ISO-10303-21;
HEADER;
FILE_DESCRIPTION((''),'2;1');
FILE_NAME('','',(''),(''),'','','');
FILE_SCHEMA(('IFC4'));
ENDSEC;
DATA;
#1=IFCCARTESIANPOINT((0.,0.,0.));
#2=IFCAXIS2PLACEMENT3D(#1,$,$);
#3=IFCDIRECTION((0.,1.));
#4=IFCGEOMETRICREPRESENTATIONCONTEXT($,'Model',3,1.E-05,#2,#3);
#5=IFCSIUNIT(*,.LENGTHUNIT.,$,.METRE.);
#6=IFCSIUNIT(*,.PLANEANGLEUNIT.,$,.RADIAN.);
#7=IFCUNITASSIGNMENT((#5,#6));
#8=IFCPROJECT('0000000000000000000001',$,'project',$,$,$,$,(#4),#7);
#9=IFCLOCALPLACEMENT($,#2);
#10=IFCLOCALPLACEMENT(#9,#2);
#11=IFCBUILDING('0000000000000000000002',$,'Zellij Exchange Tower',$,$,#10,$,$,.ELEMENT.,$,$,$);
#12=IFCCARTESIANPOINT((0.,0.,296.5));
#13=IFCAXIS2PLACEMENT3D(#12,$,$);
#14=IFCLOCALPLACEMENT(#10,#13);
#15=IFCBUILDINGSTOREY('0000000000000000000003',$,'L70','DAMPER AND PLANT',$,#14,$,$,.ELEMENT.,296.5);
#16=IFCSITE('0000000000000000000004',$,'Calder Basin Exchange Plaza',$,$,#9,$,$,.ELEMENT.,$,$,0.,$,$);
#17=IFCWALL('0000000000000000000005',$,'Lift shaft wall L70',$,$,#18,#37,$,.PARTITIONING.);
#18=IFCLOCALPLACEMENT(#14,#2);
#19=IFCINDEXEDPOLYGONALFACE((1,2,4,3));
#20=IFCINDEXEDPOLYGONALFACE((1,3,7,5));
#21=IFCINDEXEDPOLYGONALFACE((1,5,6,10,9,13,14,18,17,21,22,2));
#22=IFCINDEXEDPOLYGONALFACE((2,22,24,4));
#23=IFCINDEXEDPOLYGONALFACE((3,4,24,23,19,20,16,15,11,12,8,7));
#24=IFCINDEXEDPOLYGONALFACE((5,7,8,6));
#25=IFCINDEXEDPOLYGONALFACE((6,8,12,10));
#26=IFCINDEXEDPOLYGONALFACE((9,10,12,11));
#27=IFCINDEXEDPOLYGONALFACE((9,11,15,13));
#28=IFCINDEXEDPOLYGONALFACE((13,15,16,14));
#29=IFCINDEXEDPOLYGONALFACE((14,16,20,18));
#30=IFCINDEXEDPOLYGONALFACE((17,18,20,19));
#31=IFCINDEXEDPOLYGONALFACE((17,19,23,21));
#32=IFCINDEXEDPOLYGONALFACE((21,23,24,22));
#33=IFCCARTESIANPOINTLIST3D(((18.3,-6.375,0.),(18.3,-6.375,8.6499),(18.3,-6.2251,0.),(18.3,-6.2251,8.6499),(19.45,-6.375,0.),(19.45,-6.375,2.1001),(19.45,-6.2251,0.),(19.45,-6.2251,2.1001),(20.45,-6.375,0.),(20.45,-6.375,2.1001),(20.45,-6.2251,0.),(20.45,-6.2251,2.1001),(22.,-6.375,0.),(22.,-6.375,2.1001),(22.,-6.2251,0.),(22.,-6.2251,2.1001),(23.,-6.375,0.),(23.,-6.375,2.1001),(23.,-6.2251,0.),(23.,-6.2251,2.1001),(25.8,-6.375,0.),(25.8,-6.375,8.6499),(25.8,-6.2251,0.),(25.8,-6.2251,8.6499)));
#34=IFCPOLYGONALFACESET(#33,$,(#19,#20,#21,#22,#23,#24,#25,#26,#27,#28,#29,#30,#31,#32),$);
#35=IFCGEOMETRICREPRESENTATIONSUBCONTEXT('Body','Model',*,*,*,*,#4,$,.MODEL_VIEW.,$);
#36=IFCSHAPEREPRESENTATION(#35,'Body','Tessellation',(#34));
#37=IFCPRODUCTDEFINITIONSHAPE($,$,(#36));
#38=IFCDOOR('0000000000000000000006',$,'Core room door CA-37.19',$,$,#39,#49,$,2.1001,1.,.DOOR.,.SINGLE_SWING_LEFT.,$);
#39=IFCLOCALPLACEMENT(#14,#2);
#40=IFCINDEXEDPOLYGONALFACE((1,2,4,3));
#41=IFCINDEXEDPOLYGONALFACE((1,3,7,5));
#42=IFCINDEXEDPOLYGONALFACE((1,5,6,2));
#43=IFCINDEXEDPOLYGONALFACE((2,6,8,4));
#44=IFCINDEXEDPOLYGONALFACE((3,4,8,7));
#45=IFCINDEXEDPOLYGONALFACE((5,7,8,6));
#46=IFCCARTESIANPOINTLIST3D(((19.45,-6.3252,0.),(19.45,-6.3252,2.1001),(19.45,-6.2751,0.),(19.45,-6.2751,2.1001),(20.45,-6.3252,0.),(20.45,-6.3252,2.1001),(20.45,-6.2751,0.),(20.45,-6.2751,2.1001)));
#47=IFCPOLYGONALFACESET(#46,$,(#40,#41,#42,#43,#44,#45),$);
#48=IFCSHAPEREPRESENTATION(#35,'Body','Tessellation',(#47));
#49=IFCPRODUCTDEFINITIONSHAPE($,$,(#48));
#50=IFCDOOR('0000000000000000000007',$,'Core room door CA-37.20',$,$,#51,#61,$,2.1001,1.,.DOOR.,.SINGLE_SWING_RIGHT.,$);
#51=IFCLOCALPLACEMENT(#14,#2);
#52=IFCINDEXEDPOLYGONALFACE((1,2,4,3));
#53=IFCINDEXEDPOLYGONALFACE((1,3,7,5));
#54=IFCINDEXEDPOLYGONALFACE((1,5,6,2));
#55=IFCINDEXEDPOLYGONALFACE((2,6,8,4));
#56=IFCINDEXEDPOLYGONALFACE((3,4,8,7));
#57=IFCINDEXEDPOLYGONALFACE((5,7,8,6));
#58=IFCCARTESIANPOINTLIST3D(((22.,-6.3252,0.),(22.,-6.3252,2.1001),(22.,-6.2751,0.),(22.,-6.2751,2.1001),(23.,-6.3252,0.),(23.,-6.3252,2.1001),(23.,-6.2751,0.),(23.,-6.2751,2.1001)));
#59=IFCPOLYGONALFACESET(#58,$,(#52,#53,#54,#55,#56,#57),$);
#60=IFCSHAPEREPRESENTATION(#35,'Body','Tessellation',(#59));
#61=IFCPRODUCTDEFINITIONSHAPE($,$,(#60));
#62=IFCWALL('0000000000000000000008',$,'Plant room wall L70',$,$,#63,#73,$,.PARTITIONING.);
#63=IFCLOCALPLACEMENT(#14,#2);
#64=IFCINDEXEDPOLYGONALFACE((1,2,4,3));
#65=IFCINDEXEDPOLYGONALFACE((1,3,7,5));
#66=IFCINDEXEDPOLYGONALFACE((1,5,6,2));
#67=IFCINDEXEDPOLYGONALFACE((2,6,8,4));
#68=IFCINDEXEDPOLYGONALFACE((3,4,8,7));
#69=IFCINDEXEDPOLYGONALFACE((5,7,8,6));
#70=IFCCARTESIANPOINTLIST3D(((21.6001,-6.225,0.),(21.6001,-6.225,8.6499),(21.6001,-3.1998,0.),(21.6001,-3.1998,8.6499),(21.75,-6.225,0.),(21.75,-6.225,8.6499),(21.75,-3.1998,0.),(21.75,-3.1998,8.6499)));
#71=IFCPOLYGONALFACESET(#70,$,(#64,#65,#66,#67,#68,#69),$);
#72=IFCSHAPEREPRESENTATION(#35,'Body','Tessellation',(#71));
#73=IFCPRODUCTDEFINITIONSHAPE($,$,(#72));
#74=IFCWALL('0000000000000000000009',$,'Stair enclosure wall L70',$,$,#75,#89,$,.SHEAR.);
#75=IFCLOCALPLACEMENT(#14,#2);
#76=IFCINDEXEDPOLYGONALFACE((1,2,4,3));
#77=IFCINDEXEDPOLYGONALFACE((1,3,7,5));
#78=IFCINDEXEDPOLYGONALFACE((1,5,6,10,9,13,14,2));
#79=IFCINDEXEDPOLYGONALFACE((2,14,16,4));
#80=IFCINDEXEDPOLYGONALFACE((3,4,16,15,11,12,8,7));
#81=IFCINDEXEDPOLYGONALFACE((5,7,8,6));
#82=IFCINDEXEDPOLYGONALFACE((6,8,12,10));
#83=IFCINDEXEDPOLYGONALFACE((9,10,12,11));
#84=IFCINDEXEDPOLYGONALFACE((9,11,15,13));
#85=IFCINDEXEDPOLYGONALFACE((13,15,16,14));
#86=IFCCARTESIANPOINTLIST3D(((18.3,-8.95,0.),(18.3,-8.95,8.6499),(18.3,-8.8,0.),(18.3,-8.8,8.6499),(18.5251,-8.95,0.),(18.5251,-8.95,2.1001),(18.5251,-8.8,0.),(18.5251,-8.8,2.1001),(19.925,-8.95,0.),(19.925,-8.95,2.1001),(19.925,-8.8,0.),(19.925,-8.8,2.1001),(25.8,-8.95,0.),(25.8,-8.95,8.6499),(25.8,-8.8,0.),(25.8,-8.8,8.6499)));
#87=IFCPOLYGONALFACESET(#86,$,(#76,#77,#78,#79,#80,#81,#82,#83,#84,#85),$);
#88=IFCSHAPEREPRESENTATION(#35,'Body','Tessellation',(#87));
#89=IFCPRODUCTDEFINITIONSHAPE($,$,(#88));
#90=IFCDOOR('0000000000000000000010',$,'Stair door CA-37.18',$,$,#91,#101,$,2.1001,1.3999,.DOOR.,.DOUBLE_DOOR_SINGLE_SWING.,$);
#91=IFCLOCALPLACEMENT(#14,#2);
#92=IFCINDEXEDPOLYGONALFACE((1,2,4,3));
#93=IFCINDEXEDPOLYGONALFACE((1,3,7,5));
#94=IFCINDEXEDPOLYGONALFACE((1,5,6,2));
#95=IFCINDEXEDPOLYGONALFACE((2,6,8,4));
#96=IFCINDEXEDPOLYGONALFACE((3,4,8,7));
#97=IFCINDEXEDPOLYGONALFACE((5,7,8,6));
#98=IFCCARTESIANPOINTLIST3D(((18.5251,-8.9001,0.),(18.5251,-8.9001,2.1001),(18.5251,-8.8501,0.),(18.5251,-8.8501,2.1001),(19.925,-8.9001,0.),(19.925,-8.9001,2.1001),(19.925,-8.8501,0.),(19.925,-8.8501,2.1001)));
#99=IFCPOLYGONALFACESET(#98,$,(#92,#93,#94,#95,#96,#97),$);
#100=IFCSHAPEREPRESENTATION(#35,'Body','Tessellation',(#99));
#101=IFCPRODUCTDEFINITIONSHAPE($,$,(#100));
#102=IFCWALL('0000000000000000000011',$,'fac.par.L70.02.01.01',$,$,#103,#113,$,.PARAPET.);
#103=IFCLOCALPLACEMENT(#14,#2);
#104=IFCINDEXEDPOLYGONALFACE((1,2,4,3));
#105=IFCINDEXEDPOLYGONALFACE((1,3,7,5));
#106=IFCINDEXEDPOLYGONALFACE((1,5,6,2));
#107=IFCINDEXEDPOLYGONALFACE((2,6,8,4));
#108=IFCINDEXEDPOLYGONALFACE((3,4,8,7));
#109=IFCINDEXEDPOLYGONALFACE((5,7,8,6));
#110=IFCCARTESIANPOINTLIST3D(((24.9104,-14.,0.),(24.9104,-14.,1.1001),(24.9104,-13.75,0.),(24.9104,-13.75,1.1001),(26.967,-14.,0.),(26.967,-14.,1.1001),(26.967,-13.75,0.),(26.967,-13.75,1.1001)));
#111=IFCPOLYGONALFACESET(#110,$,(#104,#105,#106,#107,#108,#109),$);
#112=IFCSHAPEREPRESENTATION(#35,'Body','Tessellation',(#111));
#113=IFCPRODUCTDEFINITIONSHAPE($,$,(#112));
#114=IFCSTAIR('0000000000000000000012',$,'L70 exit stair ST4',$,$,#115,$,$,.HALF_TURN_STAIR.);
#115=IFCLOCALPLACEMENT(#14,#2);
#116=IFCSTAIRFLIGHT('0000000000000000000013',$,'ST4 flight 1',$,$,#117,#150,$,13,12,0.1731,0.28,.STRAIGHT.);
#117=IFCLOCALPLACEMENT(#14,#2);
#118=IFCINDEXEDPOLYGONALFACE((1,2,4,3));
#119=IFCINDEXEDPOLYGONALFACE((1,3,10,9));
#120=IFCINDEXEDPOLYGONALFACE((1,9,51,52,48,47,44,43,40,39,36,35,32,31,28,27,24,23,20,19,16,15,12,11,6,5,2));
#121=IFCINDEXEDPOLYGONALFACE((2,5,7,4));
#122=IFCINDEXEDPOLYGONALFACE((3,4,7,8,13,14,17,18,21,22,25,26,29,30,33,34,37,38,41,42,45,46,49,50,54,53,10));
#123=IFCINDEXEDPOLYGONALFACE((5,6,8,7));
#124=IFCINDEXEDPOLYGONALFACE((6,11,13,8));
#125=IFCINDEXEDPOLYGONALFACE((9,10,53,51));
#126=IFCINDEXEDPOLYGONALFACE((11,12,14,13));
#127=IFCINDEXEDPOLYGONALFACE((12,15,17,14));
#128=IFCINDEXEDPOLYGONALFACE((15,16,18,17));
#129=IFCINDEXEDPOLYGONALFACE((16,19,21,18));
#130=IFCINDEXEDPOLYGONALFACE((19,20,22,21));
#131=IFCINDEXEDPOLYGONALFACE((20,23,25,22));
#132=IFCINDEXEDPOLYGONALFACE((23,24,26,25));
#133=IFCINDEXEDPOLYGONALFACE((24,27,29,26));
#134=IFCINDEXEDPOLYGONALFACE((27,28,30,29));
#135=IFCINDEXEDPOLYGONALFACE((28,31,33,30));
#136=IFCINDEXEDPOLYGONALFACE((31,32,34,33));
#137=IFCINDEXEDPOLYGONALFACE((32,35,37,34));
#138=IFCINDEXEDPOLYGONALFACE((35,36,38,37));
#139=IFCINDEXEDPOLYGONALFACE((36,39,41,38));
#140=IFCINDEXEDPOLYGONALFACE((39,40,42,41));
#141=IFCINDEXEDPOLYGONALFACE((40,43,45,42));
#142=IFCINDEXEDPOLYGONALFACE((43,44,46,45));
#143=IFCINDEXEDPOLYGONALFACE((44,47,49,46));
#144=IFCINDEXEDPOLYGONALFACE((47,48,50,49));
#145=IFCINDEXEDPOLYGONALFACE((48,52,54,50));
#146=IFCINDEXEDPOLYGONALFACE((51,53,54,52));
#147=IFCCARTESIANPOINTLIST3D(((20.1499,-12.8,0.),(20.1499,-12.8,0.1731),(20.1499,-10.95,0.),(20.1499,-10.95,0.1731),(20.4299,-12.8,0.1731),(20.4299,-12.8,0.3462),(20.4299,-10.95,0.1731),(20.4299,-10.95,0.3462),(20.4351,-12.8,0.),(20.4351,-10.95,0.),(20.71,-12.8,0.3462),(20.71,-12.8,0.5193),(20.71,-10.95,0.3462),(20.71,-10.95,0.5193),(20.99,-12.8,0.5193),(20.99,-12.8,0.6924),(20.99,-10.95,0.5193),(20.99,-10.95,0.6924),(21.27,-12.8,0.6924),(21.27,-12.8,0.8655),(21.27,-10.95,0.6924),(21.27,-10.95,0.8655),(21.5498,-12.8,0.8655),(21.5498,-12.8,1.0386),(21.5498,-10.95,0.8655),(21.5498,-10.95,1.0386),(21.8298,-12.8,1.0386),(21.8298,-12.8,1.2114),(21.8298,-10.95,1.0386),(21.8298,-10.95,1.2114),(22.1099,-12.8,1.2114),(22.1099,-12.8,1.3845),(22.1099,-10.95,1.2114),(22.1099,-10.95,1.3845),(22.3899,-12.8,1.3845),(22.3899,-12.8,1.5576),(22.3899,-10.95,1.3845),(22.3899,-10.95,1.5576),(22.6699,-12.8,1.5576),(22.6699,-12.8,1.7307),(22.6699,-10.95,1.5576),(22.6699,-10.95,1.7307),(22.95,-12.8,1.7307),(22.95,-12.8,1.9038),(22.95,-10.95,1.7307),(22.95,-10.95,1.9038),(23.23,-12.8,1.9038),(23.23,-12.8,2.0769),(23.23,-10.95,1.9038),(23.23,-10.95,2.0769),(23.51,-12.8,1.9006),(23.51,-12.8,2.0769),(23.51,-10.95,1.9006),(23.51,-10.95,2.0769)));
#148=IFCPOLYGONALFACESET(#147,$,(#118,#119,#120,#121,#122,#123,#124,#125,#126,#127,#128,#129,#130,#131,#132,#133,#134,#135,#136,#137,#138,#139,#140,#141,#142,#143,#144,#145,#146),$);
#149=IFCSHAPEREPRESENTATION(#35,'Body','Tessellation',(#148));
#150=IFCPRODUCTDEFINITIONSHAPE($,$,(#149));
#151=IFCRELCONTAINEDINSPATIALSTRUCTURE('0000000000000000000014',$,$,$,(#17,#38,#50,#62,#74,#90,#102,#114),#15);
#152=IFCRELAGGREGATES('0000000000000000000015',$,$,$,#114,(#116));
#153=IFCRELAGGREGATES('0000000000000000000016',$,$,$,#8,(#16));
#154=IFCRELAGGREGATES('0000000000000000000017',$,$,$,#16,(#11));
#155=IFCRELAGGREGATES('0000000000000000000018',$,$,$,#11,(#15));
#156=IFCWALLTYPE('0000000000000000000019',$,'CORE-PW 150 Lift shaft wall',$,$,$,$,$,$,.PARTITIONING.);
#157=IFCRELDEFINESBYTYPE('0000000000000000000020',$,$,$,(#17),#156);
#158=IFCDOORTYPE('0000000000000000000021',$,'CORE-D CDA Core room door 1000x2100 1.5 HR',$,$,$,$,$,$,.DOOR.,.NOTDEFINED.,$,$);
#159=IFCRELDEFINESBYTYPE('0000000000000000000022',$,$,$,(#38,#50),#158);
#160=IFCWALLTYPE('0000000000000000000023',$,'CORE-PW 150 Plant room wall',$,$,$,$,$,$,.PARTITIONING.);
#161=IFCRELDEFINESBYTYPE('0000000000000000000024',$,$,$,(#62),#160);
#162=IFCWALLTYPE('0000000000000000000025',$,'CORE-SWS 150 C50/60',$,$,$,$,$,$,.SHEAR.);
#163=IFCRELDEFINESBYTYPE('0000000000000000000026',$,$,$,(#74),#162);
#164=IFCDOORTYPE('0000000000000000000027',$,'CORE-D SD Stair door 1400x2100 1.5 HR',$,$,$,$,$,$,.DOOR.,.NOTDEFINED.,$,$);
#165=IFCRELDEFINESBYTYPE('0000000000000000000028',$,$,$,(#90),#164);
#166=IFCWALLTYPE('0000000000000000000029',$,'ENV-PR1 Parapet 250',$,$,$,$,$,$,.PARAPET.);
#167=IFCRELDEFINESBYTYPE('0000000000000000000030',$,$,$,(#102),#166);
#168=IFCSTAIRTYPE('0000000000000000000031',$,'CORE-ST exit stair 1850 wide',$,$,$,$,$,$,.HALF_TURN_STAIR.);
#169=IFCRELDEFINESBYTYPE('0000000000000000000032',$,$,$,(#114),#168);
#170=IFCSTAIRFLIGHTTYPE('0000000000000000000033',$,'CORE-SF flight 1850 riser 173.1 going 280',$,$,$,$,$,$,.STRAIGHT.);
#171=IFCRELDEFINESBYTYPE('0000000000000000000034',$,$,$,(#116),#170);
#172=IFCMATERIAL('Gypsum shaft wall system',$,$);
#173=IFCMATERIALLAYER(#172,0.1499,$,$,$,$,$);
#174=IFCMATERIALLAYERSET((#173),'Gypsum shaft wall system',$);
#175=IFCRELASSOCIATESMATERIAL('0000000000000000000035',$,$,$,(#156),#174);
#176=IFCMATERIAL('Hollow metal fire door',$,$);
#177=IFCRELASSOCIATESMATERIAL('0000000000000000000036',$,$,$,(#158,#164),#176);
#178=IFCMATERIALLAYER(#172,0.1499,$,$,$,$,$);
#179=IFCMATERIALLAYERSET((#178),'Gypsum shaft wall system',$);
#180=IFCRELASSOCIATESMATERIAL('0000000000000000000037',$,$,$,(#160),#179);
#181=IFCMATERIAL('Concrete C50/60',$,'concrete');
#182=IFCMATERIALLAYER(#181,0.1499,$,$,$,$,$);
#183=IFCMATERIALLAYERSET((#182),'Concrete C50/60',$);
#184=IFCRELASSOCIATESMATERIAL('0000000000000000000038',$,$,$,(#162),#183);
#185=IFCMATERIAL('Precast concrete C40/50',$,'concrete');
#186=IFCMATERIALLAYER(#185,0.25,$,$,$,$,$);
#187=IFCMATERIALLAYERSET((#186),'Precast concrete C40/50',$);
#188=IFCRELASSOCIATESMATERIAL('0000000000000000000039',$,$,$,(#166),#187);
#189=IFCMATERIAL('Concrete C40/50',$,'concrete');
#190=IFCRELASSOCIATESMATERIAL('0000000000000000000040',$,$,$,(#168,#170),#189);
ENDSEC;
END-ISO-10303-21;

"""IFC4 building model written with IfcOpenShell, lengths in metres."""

from ifc_helpers import new_model, si_unit, direction, frame, frame_2d, origin, place, context, subcontext, project, spatial, polyline, rectangle, outline, extrude, material, layer, layer_set, type_object, element, fill, aggregate, save


model = new_model("IFC4")

# Units and contexts
model_context = context("Model", 3, precision=1e-05, world=origin(), true_north=direction((0.0, 1.0)))
body_context = subcontext(model_context, "Body", "Model", "MODEL_VIEW")
ifc_project = project(units=[si_unit("LENGTHUNIT", "METRE"), si_unit("PLANEANGLEUNIT", "RADIAN")], contexts=[model_context])

# Site, building, storey
site_placement = place(None, origin())
site = spatial("IfcSite", under=ifc_project, at=site_placement, Name="Calder Basin Exchange Plaza", CompositionType="ELEMENT", RefElevation=0.0)
building_placement = place(site_placement, origin())
building = spatial("IfcBuilding", under=site, at=building_placement, Name="Zellij Exchange Tower", CompositionType="ELEMENT")
storey_placement = place(building_placement, frame((0.0, 0.0, 296.5)))
storey = spatial("IfcBuildingStorey", under=building, at=storey_placement, Name="L70", Description="DAMPER AND PLANT", CompositionType="ELEMENT", Elevation=296.5)

# Shared definitions
ifc_material_1 = material(Name="Concrete C50/60", Category="concrete")
ifc_material_2 = material(Name="Gypsum shaft wall system")
ifc_layer_1 = layer(ifc_material_2, 0.1499)
ifc_layer_set_1 = layer_set([ifc_layer_1], Name="Gypsum shaft wall system")
wall_type_1 = type_object("IfcWallType", Name="CORE-PW 150 Lift shaft wall", PredefinedType="PARTITIONING", material=ifc_layer_set_1)

# Wall, openings, doors
wall_1_placement = place(storey_placement, frame((18.3, -6.3, 0.0), z_axis=(0.0, 0.0, 1.0), x_axis=(1.0, 0.0, 0.0)))
wall_1 = element("IfcWall", 1, at=wall_1_placement, inside=storey, type_object=wall_type_1, Name="Lift shaft wall L70", PredefinedType="PARTITIONING", context=body_context, shape_type="SweptSolid", body=[
    extrude(rectangle(XDim=7.5, YDim=0.1499, at=frame_2d((3.75, 0.0))), origin(), (0.0, 0.0, 1.0), 8.6499),
])
opening_1_placement = place(wall_1_placement, frame((1.1499, 0.0, 0.0)))
opening_1 = element("IfcOpeningElement", 2, at=opening_1_placement, cuts=wall_1, PredefinedType="OPENING", context=body_context, shape_type="SweptSolid", body=[
    extrude(rectangle(XDim=1.0, YDim=2.1001, at=frame_2d((0.5, 1.05))), frame((0.0, 0.0869, 0.0), z_axis=(0.0, -1.0, 0.0), x_axis=(1.0, 0.0, 0.0)), (0.0, 0.0, 1.0), 0.1738),
])
opening_2_placement = place(wall_1_placement, frame((3.7, 0.0, 0.0)))
opening_2 = element("IfcOpeningElement", 3, at=opening_2_placement, cuts=wall_1, PredefinedType="OPENING", context=body_context, shape_type="SweptSolid", body=[
    extrude(rectangle(XDim=1.0, YDim=2.1001, at=frame_2d((0.5, 1.05))), frame((0.0, 0.0869, 0.0), z_axis=(0.0, -1.0, 0.0), x_axis=(1.0, 0.0, 0.0)), (0.0, 0.0, 1.0), 0.1738),
])
ifc_material_3 = material(Name="Hollow metal fire door")
door_type_1 = type_object("IfcDoorType", Name="CORE-D CDA Core room door 1000x2100 1.5 HR", OperationType="NOTDEFINED", PredefinedType="DOOR", material=ifc_material_3)
door_1_placement = place(opening_1_placement, origin())
door_1 = element("IfcDoor", 4, at=door_1_placement, inside=storey, type_object=door_type_1, Name="Core room door CA-37.19", OperationType="SINGLE_SWING_LEFT", OverallHeight=2.1001, OverallWidth=1.0, PredefinedType="DOOR", context=body_context, shape_type="SweptSolid", body=[
    extrude(rectangle(XDim=1.0, YDim=2.1001, at=frame_2d((0.5, 1.05))), frame((0.0, 0.0249, 0.0), z_axis=(0.0, -1.0, 0.0), x_axis=(1.0, 0.0, 0.0)), (0.0, 0.0, 1.0), 0.05),
])
fill(opening_1, door_1)
door_2_placement = place(opening_2_placement, origin())
door_2 = element("IfcDoor", 5, at=door_2_placement, inside=storey, type_object=door_type_1, Name="Core room door CA-37.20", OperationType="SINGLE_SWING_RIGHT", OverallHeight=2.1001, OverallWidth=1.0, PredefinedType="DOOR", context=body_context, shape_type="SweptSolid", body=[
    extrude(rectangle(XDim=1.0, YDim=2.1001, at=frame_2d((0.5, 1.05))), frame((0.0, 0.0249, 0.0), z_axis=(0.0, -1.0, 0.0), x_axis=(1.0, 0.0, 0.0)), (0.0, 0.0, 1.0), 0.05),
])
fill(opening_2, door_2)

# Wall
ifc_layer_2 = layer(ifc_material_2, 0.1499)
ifc_layer_set_2 = layer_set([ifc_layer_2], Name="Gypsum shaft wall system")
wall_type_2 = type_object("IfcWallType", Name="CORE-PW 150 Plant room wall", PredefinedType="PARTITIONING", material=ifc_layer_set_2)
wall_2_placement = place(storey_placement, frame((21.675, -6.2251, 0.0), z_axis=(0.0, 0.0, 1.0), x_axis=(0.0, 1.0, 0.0)))
element("IfcWall", 6, at=wall_2_placement, inside=storey, type_object=wall_type_2, Name="Plant room wall L70", PredefinedType="PARTITIONING", context=body_context, shape_type="SweptSolid", body=[
    extrude(rectangle(XDim=3.0251, YDim=0.1499, at=frame_2d((1.5127, 0.0))), origin(), (0.0, 0.0, 1.0), 8.6499),
])

# Wall, opening, door
ifc_layer_3 = layer(ifc_material_1, 0.1499)
ifc_layer_set_3 = layer_set([ifc_layer_3], Name="Concrete C50/60")
wall_type_3 = type_object("IfcWallType", Name="CORE-SWS 150 C50/60", PredefinedType="SHEAR", material=ifc_layer_set_3)
wall_3_placement = place(storey_placement, frame((18.3, -8.875, 0.0), z_axis=(0.0, 0.0, 1.0), x_axis=(1.0, 0.0, 0.0)))
wall_3 = element("IfcWall", 7, at=wall_3_placement, inside=storey, type_object=wall_type_3, Name="Stair enclosure wall L70", PredefinedType="SHEAR", context=body_context, shape_type="SweptSolid", body=[
    extrude(rectangle(XDim=7.5, YDim=0.1499, at=frame_2d((3.75, 0.0))), origin(), (0.0, 0.0, 1.0), 8.6499),
])
opening_3_placement = place(wall_3_placement, frame((0.2251, 0.0, 0.0)))
opening_3 = element("IfcOpeningElement", 8, at=opening_3_placement, cuts=wall_3, PredefinedType="OPENING", context=body_context, shape_type="SweptSolid", body=[
    extrude(rectangle(XDim=1.3999, YDim=2.1001, at=frame_2d((0.7, 1.05))), frame((0.0, 0.0869, 0.0), z_axis=(0.0, -1.0, 0.0), x_axis=(1.0, 0.0, 0.0)), (0.0, 0.0, 1.0), 0.1738),
])
door_type_2 = type_object("IfcDoorType", Name="CORE-D SD Stair door 1400x2100 1.5 HR", OperationType="NOTDEFINED", PredefinedType="DOOR", material=ifc_material_3)
door_3_placement = place(opening_3_placement, origin())
door_3 = element("IfcDoor", 9, at=door_3_placement, inside=storey, type_object=door_type_2, Name="Stair door CA-37.18", OperationType="DOUBLE_DOOR_SINGLE_SWING", OverallHeight=2.1001, OverallWidth=1.3999, PredefinedType="DOOR", context=body_context, shape_type="SweptSolid", body=[
    extrude(rectangle(XDim=1.3999, YDim=2.1001, at=frame_2d((0.7, 1.05))), frame((0.0, 0.0249, 0.0), z_axis=(0.0, -1.0, 0.0), x_axis=(1.0, 0.0, 0.0)), (0.0, 0.0, 1.0), 0.05),
])
fill(opening_3, door_3)

# Wall
ifc_material_4 = material(Name="Precast concrete C40/50", Category="concrete")
ifc_layer_4 = layer(ifc_material_4, 0.25)
ifc_layer_set_4 = layer_set([ifc_layer_4], Name="Precast concrete C40/50")
wall_type_4 = type_object("IfcWallType", Name="ENV-PR1 Parapet 250", PredefinedType="PARAPET", material=ifc_layer_set_4)
wall_4_placement = place(storey_placement, frame((24.9104, -13.875, 0.0), z_axis=(0.0, 0.0, 1.0), x_axis=(1.0, 0.0, 0.0)))
element("IfcWall", 10, at=wall_4_placement, inside=storey, type_object=wall_type_4, Name="fac.par.L70.02.01.01", PredefinedType="PARAPET", context=body_context, shape_type="SweptSolid", body=[
    extrude(rectangle(XDim=2.0566, YDim=0.25, at=frame_2d((1.0283, 0.0))), origin(), (0.0, 0.0, 1.0), 1.1001),
])

# Stair, stair flight
ifc_material_5 = material(Name="Concrete C40/50", Category="concrete")
stair_type = type_object("IfcStairType", Name="CORE-ST exit stair 1850 wide", PredefinedType="HALF_TURN_STAIR", material=ifc_material_5)
stair_placement = place(storey_placement, origin())
stair = element("IfcStair", 11, at=stair_placement, inside=storey, type_object=stair_type, Name="L70 exit stair ST4", PredefinedType="HALF_TURN_STAIR")
stair_flight_type = type_object("IfcStairFlightType", Name="CORE-SF flight 1850 riser 173.1 going 280", PredefinedType="STRAIGHT", material=ifc_material_5)
stair_flight_1_placement = place(storey_placement, frame((20.1499, -11.875, 0.0), z_axis=(0.0, 0.0, 1.0), x_axis=(1.0, 0.0, 0.0)))
stair_flight_1 = element("IfcStairFlight", 12, at=stair_flight_1_placement, type_object=stair_flight_type, Name="ST4 flight 1", NumberOfRisers=13, NumberOfTreads=12, PredefinedType="STRAIGHT", RiserHeight=0.1731, TreadLength=0.28, context=body_context, shape_type="SweptSolid", body=[
    extrude(outline(polyline([(0.0, 0.0), (0.0, 0.1731), (0.28, 0.1731), (0.28, 0.3462), (0.5601, 0.3462), (0.5601, 0.5193), (0.8401, 0.5193), (0.8401, 0.6924), (1.1201, 0.6924), (1.1201, 0.8655), (1.3999, 0.8655), (1.3999, 1.0386), (1.6799, 1.0386), (1.6799, 1.2114), (1.96, 1.2114), (1.96, 1.3845), (2.24, 1.3845), (2.24, 1.5576), (2.52, 1.5576), (2.52, 1.7307), (2.8, 1.7307), (2.8, 1.9038), (3.0801, 1.9038), (3.0801, 2.0769), (3.3601, 2.0769), (3.3601, 2.25), (3.3601, 1.9006), (0.2852, 0.0), (0.0, 0.0)])), frame((0.0, 0.925, 0.0), z_axis=(0.0, -1.0, 0.0), x_axis=(1.0, 0.0, 0.0)), (0.0, 0.0, 1.0), 1.8501),
])
aggregate(stair, [stair_flight_1])

save(model, "model.ifc")
